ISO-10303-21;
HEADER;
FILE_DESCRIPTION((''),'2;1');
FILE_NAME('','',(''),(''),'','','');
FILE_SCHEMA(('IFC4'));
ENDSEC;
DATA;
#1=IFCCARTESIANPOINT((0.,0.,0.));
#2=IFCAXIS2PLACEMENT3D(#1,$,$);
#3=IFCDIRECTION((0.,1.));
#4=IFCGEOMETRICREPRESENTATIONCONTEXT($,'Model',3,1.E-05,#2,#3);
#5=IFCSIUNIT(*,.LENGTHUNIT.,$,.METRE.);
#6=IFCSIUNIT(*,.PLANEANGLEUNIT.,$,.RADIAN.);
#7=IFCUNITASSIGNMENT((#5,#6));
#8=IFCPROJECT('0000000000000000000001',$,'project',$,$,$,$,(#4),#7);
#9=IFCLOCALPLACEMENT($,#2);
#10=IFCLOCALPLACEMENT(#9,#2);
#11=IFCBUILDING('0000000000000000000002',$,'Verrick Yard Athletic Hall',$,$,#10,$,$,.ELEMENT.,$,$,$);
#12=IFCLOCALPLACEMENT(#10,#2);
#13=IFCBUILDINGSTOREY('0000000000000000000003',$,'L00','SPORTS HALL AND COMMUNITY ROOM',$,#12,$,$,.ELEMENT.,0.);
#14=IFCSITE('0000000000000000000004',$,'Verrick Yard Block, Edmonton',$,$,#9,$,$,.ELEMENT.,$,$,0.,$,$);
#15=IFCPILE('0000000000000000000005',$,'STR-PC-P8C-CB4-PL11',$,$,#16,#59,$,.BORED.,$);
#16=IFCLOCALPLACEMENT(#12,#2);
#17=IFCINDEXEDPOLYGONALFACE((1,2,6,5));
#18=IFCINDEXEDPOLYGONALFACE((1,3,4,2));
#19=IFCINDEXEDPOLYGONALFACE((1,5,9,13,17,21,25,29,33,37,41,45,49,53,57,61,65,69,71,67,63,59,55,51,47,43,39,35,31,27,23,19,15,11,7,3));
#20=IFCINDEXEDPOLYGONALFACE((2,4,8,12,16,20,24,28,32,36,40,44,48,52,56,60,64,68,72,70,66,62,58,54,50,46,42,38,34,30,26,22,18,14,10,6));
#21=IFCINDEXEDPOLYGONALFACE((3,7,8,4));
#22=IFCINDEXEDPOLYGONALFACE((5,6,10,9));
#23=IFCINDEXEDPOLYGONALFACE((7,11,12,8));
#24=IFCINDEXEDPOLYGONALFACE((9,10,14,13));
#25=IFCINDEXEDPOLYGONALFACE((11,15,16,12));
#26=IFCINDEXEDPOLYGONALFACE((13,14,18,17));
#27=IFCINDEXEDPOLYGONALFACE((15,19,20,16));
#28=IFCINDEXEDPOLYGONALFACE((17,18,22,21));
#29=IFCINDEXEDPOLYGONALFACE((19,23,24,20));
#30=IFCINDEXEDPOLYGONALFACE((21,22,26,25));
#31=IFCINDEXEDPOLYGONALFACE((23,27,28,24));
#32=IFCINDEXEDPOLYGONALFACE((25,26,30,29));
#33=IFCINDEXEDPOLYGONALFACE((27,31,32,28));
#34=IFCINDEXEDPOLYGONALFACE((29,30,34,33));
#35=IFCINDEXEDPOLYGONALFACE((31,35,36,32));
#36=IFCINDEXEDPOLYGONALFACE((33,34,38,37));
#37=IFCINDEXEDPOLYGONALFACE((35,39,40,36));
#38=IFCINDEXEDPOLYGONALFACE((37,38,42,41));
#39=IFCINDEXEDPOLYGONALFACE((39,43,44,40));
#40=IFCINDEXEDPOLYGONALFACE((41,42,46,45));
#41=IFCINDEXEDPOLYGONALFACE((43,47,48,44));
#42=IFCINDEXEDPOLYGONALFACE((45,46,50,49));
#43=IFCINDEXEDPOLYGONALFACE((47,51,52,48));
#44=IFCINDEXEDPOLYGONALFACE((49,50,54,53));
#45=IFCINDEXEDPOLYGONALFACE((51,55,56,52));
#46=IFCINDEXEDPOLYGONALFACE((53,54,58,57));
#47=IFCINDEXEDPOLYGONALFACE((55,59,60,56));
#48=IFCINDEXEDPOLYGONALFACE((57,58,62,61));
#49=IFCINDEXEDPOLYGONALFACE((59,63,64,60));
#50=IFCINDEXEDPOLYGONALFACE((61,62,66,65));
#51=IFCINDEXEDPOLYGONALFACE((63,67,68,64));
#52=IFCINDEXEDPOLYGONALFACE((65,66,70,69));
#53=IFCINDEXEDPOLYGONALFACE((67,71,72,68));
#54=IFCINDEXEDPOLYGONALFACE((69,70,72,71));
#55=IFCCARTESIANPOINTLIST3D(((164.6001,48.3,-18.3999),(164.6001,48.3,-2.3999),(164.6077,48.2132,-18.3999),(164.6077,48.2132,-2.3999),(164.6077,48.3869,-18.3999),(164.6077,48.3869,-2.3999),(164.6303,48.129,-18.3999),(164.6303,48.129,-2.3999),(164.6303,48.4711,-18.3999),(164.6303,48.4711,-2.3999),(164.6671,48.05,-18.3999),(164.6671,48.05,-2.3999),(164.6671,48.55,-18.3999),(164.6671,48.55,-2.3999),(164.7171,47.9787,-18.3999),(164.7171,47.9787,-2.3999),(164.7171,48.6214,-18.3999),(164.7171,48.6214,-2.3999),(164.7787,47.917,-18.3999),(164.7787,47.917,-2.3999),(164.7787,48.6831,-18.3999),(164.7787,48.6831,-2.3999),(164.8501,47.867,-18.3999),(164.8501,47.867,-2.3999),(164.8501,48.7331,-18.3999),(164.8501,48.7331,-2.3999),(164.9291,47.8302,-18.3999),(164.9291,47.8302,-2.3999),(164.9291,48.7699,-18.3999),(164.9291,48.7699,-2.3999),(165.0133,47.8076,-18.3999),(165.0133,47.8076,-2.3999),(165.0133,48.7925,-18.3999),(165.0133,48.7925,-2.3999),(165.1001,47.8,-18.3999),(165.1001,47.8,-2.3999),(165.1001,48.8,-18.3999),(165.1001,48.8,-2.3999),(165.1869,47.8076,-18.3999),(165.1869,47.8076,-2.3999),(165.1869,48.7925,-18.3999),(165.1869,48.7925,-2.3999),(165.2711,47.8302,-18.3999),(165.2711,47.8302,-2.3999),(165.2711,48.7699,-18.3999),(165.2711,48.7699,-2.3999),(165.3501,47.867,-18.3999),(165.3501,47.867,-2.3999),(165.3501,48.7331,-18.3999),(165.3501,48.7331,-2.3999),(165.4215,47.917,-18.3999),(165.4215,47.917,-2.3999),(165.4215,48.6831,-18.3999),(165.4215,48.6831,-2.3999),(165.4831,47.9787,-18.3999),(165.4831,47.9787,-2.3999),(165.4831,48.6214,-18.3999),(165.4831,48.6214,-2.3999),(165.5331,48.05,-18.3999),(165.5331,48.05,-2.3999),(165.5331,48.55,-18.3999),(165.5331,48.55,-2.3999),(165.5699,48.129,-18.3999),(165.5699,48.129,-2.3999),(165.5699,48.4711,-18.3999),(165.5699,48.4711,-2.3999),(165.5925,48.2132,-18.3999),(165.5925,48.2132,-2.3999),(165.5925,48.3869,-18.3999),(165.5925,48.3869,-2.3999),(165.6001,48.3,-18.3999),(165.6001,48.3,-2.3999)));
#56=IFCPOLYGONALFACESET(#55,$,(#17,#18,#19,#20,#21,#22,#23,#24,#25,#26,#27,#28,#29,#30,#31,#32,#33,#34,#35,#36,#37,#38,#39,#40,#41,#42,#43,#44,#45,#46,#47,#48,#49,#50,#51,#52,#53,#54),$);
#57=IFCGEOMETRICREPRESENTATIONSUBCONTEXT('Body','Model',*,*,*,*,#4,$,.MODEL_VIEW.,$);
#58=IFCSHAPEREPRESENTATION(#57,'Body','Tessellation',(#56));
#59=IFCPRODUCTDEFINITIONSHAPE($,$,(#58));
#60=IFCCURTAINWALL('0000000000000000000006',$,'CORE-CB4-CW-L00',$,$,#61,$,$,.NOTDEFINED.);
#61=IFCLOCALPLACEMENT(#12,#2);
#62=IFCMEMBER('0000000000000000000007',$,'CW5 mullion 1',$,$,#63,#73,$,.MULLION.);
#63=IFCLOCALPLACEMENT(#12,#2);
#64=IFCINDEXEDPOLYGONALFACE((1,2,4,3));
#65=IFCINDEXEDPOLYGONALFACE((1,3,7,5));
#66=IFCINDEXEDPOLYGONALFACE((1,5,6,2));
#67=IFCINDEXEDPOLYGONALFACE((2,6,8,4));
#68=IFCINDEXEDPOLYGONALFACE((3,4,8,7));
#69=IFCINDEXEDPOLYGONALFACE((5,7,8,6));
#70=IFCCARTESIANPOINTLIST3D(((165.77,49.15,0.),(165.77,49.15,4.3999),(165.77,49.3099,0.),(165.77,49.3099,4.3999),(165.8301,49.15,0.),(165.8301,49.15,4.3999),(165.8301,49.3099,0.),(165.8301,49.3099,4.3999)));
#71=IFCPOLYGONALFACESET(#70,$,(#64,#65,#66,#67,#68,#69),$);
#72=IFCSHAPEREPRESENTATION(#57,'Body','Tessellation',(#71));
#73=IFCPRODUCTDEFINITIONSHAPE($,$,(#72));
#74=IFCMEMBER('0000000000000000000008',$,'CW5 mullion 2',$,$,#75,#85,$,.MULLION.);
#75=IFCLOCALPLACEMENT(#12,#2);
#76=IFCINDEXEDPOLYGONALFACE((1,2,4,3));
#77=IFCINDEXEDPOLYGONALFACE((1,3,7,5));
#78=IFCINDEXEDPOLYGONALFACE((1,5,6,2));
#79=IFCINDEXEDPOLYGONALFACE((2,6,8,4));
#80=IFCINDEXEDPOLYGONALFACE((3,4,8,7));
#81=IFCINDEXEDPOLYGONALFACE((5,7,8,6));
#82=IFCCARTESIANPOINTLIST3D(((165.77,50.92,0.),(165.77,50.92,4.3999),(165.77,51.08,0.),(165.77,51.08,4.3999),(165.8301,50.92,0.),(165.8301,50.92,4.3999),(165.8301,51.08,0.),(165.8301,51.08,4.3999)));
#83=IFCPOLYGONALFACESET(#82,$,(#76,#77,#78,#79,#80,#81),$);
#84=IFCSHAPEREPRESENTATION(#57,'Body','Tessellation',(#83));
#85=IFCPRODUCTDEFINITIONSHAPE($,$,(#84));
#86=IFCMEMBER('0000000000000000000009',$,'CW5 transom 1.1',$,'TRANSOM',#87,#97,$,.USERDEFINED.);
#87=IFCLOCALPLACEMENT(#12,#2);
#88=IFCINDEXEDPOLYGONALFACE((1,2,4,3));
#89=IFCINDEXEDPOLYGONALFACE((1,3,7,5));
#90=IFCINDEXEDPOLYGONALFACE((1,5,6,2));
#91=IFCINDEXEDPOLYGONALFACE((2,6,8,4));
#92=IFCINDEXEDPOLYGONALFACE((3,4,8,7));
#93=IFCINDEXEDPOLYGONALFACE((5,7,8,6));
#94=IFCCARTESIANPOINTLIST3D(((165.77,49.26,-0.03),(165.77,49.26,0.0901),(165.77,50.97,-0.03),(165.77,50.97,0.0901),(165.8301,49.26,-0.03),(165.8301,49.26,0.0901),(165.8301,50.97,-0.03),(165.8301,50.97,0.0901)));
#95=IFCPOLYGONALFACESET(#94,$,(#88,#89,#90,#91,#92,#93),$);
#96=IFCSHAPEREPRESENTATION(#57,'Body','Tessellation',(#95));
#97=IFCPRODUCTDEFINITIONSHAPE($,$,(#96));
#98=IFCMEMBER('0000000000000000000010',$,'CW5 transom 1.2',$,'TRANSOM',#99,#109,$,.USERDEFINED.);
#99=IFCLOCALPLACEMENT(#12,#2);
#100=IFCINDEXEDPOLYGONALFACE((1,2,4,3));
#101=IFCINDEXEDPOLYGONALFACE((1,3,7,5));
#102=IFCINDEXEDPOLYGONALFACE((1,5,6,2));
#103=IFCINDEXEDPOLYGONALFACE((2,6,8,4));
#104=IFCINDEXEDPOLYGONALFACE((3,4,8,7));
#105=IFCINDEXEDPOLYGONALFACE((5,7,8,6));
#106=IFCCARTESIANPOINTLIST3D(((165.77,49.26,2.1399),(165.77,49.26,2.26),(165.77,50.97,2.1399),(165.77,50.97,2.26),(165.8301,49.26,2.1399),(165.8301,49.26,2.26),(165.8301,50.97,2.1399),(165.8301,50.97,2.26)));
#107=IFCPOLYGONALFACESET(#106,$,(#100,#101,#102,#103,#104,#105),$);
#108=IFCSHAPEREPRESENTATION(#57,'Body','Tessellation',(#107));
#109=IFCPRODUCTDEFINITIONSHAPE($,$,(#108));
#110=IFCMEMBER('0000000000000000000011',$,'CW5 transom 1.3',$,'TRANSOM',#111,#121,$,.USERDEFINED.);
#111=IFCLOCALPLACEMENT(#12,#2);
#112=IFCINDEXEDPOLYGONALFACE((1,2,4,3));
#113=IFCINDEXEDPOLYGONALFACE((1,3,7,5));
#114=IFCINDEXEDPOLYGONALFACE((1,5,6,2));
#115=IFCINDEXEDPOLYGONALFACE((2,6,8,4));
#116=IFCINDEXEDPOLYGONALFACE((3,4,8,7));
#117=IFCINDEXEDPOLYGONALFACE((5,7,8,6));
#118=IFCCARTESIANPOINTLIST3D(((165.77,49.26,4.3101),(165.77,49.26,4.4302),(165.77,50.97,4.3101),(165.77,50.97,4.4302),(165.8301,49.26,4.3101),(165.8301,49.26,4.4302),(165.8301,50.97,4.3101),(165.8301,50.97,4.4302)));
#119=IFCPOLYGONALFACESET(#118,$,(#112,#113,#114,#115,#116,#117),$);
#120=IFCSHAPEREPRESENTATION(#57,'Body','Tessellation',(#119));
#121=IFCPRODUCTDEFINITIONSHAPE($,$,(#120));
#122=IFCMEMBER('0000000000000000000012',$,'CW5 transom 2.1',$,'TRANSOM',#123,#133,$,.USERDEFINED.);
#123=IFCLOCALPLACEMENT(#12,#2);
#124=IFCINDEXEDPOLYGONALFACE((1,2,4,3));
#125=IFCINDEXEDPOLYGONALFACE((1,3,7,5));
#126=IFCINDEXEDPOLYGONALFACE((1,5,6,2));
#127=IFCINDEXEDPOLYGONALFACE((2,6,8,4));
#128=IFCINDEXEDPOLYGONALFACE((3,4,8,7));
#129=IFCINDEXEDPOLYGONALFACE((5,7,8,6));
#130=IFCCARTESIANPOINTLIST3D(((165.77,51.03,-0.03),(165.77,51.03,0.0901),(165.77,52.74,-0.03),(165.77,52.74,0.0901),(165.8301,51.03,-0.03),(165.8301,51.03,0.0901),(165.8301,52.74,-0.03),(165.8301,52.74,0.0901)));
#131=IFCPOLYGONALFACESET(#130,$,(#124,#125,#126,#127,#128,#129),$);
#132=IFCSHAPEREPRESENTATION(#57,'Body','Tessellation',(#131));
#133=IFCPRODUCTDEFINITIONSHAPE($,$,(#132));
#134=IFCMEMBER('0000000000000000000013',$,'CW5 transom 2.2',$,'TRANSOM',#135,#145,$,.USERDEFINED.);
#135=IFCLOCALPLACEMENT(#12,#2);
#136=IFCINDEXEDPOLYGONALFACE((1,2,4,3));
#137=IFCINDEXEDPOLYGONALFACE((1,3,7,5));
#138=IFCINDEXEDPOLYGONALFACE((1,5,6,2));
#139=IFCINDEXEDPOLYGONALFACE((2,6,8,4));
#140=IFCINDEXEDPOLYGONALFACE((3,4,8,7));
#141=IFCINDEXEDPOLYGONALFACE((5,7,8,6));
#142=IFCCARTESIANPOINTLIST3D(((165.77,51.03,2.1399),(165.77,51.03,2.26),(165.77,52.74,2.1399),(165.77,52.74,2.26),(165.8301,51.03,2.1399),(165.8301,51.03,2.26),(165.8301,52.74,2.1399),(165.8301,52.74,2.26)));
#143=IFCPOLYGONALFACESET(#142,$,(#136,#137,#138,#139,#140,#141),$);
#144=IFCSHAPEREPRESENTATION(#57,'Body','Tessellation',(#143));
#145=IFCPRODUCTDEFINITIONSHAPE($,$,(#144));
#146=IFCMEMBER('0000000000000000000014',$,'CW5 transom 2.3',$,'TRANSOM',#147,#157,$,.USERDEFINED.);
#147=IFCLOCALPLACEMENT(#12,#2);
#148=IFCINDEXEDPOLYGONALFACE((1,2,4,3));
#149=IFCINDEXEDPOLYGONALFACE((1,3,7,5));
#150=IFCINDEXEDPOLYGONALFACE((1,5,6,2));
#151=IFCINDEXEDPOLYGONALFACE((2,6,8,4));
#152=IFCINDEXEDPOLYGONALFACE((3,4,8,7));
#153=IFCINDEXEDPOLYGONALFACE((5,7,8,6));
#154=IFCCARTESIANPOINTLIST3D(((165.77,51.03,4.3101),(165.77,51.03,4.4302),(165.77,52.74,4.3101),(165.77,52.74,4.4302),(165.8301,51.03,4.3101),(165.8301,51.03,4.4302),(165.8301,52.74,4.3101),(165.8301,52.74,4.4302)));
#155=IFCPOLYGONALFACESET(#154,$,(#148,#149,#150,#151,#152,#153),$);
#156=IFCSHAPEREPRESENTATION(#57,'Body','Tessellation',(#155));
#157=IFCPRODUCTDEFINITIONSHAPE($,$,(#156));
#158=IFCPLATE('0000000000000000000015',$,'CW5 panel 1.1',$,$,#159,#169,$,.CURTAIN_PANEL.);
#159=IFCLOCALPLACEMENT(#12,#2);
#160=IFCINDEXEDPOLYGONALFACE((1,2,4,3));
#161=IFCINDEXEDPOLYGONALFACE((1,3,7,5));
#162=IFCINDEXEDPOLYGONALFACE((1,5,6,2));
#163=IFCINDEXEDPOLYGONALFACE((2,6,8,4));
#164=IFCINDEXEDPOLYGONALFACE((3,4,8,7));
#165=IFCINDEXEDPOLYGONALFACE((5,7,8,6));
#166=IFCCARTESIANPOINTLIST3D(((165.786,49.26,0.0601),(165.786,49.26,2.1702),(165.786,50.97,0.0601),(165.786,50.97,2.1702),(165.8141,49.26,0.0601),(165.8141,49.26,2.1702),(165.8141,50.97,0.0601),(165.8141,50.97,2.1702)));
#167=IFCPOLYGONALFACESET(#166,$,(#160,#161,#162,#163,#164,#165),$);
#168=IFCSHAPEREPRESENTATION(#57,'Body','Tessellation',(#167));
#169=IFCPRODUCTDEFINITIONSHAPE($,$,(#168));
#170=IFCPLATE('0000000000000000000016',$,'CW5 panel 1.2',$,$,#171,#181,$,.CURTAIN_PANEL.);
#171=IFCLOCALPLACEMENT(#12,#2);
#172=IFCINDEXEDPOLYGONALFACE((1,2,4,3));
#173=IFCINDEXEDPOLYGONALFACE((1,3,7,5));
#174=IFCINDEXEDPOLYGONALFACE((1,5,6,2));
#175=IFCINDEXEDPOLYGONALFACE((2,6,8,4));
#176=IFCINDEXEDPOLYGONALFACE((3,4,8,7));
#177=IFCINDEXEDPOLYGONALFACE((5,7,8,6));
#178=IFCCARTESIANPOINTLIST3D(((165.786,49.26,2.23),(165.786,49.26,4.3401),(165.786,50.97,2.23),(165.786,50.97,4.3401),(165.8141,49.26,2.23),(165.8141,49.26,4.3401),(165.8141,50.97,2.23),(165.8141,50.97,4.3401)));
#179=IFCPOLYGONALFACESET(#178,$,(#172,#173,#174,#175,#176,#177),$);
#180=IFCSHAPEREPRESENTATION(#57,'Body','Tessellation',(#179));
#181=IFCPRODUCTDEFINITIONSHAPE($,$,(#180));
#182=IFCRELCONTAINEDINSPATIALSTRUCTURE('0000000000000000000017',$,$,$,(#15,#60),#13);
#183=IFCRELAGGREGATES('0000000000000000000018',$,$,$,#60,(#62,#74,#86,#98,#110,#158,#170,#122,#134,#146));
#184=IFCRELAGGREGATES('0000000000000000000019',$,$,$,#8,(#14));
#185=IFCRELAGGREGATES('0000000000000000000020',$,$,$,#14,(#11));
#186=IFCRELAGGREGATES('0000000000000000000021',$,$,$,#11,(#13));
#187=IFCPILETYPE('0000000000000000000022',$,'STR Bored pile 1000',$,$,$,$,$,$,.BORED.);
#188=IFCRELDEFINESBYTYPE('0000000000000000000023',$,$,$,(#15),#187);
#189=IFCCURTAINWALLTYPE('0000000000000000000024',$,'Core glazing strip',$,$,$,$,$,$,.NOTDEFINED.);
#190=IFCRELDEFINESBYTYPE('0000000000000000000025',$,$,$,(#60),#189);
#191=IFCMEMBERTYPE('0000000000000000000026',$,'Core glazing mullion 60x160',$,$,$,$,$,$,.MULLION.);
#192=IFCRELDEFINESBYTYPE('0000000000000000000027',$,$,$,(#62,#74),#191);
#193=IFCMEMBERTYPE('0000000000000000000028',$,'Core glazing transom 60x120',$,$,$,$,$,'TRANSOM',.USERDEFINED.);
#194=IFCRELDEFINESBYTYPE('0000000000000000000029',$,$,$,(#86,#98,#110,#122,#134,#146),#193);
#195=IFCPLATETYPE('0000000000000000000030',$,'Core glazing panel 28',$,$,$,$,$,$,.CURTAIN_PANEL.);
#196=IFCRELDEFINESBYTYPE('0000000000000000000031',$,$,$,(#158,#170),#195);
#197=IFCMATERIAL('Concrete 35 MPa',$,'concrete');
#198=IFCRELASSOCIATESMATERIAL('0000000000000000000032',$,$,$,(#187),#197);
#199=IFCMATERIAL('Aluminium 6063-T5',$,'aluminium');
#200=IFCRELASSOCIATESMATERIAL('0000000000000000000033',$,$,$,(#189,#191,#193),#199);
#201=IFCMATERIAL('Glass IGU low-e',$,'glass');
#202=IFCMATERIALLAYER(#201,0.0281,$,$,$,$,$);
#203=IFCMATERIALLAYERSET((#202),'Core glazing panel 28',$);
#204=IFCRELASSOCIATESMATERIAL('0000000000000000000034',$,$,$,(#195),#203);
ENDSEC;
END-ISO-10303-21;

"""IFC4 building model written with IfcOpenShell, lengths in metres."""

from ifc_helpers import new_model, si_unit, direction, frame, origin, origin_2d, place, context, subcontext, project, spatial, rectangle, circle, extrude, material, layer, layer_set, material_profile, profile_set, type_object, element, aggregate, save


model = new_model("IFC4")

# Units and contexts
model_context = context("Model", 3, precision=1e-05, world=origin(), true_north=direction((0.0, 1.0)))
body_context = subcontext(model_context, "Body", "Model", "MODEL_VIEW")
ifc_project = project(units=[si_unit("LENGTHUNIT", "METRE"), si_unit("PLANEANGLEUNIT", "RADIAN")], contexts=[model_context])

# Site, building, storey
site_placement = place(None, origin())
site = spatial("IfcSite", under=ifc_project, at=site_placement, Name="Verrick Yard Block, Edmonton", CompositionType="ELEMENT", RefElevation=0.0)
building_placement = place(site_placement, origin())
building = spatial("IfcBuilding", under=site, at=building_placement, Name="Verrick Yard Athletic Hall", CompositionType="ELEMENT")
storey_placement = place(building_placement, origin())
storey = spatial("IfcBuildingStorey", under=building, at=storey_placement, Name="L00", Description="SPORTS HALL AND COMMUNITY ROOM", CompositionType="ELEMENT", Elevation=0.0)

# Pile
ifc_material_1 = material(Name="Concrete 35 MPa", Category="concrete")
pile_type = type_object("IfcPileType", Name="STR Bored pile 1000", PredefinedType="BORED", material=ifc_material_1)
pile_placement = place(storey_placement, frame((165.1001, 48.3, -2.3999), z_axis=(0.0, 0.0, -1.0), x_axis=(1.0, 0.0, 0.0)))
element("IfcPile", 1, at=pile_placement, inside=storey, type_object=pile_type, Name="STR-PC-P8C-CB4-PL11", PredefinedType="BORED", context=body_context, shape_type="SweptSolid", body=[
    extrude(circle(Radius=0.5, at=origin_2d()), origin(), (0.0, 0.0, 1.0), 16.0),
])

# Curtain wall, members, plates
ifc_material_2 = material(Name="Aluminium 6063-T5", Category="aluminium")
curtain_wall_type = type_object("IfcCurtainWallType", Name="Core glazing strip", PredefinedType="NOTDEFINED", material=ifc_material_2)
curtain_wall_placement = place(storey_placement, origin())
curtain_wall = element("IfcCurtainWall", 2, at=curtain_wall_placement, inside=storey, type_object=curtain_wall_type, Name="CORE-CB4-CW-L00", PredefinedType="NOTDEFINED")
ifc_material_profile_1 = material_profile(ifc_material_2, rectangle(XDim=0.0601, YDim=0.1599, at=origin_2d()), Name="Core glazing mullion 60x160")
ifc_profile_set_1 = profile_set([ifc_material_profile_1], Name="Aluminium 6063-T5")
member_type_1 = type_object("IfcMemberType", Name="Core glazing mullion 60x160", PredefinedType="MULLION", material=ifc_profile_set_1)
member_1_placement = place(storey_placement, frame((165.8, 49.23, 0.0), z_axis=(0.0, 0.0, 1.0), x_axis=(-1.0, 0.0, 0.0)))
member_1 = element("IfcMember", 3, at=member_1_placement, type_object=member_type_1, Name="CW5 mullion 1", PredefinedType="MULLION", context=body_context, shape_type="SweptSolid", body=[
    extrude(rectangle(XDim=0.0601, YDim=0.1599, at=origin_2d()), origin(), (0.0, 0.0, 1.0), 4.3999),
])
member_2_placement = place(storey_placement, frame((165.8, 51.0, 0.0), z_axis=(0.0, 0.0, 1.0), x_axis=(-1.0, 0.0, 0.0)))
member_2 = element("IfcMember", 4, at=member_2_placement, type_object=member_type_1, Name="CW5 mullion 2", PredefinedType="MULLION", context=body_context, shape_type="SweptSolid", body=[
    extrude(rectangle(XDim=0.0601, YDim=0.1599, at=origin_2d()), origin(), (0.0, 0.0, 1.0), 4.3999),
])
ifc_material_profile_2 = material_profile(ifc_material_2, rectangle(XDim=0.0601, YDim=0.1201, at=origin_2d()), Name="Core glazing transom 60x120")
ifc_profile_set_2 = profile_set([ifc_material_profile_2], Name="Aluminium 6063-T5")
member_type_2 = type_object("IfcMemberType", Name="Core glazing transom 60x120", ElementType="TRANSOM", PredefinedType="USERDEFINED", material=ifc_profile_set_2)
member_3_placement = place(storey_placement, frame((165.8, 49.26, 0.03), z_axis=(0.0, 1.0, 0.0), x_axis=(-1.0, 0.0, 0.0)))
member_3 = element("IfcMember", 5, at=member_3_placement, type_object=member_type_2, Name="CW5 transom 1.1", ObjectType="TRANSOM", PredefinedType="USERDEFINED", context=body_context, shape_type="SweptSolid", body=[
    extrude(rectangle(XDim=0.0601, YDim=0.1201, at=origin_2d()), origin(), (0.0, 0.0, 1.0), 1.71),
])
member_4_placement = place(storey_placement, frame((165.8, 49.26, 2.2), z_axis=(0.0, 1.0, 0.0), x_axis=(-1.0, 0.0, 0.0)))
member_4 = element("IfcMember", 6, at=member_4_placement, type_object=member_type_2, Name="CW5 transom 1.2", ObjectType="TRANSOM", PredefinedType="USERDEFINED", context=body_context, shape_type="SweptSolid", body=[
    extrude(rectangle(XDim=0.0601, YDim=0.1201, at=origin_2d()), origin(), (0.0, 0.0, 1.0), 1.71),
])
member_5_placement = place(storey_placement, frame((165.8, 49.26, 4.3701), z_axis=(0.0, 1.0, 0.0), x_axis=(-1.0, 0.0, 0.0)))
member_5 = element("IfcMember", 7, at=member_5_placement, type_object=member_type_2, Name="CW5 transom 1.3", ObjectType="TRANSOM", PredefinedType="USERDEFINED", context=body_context, shape_type="SweptSolid", body=[
    extrude(rectangle(XDim=0.0601, YDim=0.1201, at=origin_2d()), origin(), (0.0, 0.0, 1.0), 1.71),
])
member_6_placement = place(storey_placement, frame((165.8, 51.03, 0.03), z_axis=(0.0, 1.0, 0.0), x_axis=(-1.0, 0.0, 0.0)))
member_6 = element("IfcMember", 8, at=member_6_placement, type_object=member_type_2, Name="CW5 transom 2.1", ObjectType="TRANSOM", PredefinedType="USERDEFINED", context=body_context, shape_type="SweptSolid", body=[
    extrude(rectangle(XDim=0.0601, YDim=0.1201, at=origin_2d()), origin(), (0.0, 0.0, 1.0), 1.71),
])
member_7_placement = place(storey_placement, frame((165.8, 51.03, 2.2), z_axis=(0.0, 1.0, 0.0), x_axis=(-1.0, 0.0, 0.0)))
member_7 = element("IfcMember", 9, at=member_7_placement, type_object=member_type_2, Name="CW5 transom 2.2", ObjectType="TRANSOM", PredefinedType="USERDEFINED", context=body_context, shape_type="SweptSolid", body=[
    extrude(rectangle(XDim=0.0601, YDim=0.1201, at=origin_2d()), origin(), (0.0, 0.0, 1.0), 1.71),
])
member_8_placement = place(storey_placement, frame((165.8, 51.03, 4.3701), z_axis=(0.0, 1.0, 0.0), x_axis=(-1.0, 0.0, 0.0)))
member_8 = element("IfcMember", 10, at=member_8_placement, type_object=member_type_2, Name="CW5 transom 2.3", ObjectType="TRANSOM", PredefinedType="USERDEFINED", context=body_context, shape_type="SweptSolid", body=[
    extrude(rectangle(XDim=0.0601, YDim=0.1201, at=origin_2d()), origin(), (0.0, 0.0, 1.0), 1.71),
])
ifc_material_3 = material(Name="Glass IGU low-e", Category="glass")
ifc_layer_1 = layer(ifc_material_3, 0.0281)
ifc_layer_set_1 = layer_set([ifc_layer_1], Name="Core glazing panel 28")
plate_type = type_object("IfcPlateType", Name="Core glazing panel 28", PredefinedType="CURTAIN_PANEL", material=ifc_layer_set_1)
plate_1_placement = place(storey_placement, frame((165.8, 50.115, 0.0601), z_axis=(0.0, 0.0, 1.0), x_axis=(0.0, 1.0, 0.0)))
plate_1 = element("IfcPlate", 11, at=plate_1_placement, type_object=plate_type, Name="CW5 panel 1.1", PredefinedType="CURTAIN_PANEL", context=body_context, shape_type="SweptSolid", body=[
    extrude(rectangle(XDim=1.71, YDim=0.0281, at=origin_2d()), origin(), (0.0, 0.0, 1.0), 2.1101),
])
plate_2_placement = place(storey_placement, frame((165.8, 50.115, 2.23), z_axis=(0.0, 0.0, 1.0), x_axis=(0.0, 1.0, 0.0)))
plate_2 = element("IfcPlate", 12, at=plate_2_placement, type_object=plate_type, Name="CW5 panel 1.2", PredefinedType="CURTAIN_PANEL", context=body_context, shape_type="SweptSolid", body=[
    extrude(rectangle(XDim=1.71, YDim=0.0281, at=origin_2d()), origin(), (0.0, 0.0, 1.0), 2.1101),
])
aggregate(curtain_wall, [member_1, member_2, member_3, member_4, member_5, plate_1, plate_2, member_6, member_7, member_8])

save(model, "model.ifc")
